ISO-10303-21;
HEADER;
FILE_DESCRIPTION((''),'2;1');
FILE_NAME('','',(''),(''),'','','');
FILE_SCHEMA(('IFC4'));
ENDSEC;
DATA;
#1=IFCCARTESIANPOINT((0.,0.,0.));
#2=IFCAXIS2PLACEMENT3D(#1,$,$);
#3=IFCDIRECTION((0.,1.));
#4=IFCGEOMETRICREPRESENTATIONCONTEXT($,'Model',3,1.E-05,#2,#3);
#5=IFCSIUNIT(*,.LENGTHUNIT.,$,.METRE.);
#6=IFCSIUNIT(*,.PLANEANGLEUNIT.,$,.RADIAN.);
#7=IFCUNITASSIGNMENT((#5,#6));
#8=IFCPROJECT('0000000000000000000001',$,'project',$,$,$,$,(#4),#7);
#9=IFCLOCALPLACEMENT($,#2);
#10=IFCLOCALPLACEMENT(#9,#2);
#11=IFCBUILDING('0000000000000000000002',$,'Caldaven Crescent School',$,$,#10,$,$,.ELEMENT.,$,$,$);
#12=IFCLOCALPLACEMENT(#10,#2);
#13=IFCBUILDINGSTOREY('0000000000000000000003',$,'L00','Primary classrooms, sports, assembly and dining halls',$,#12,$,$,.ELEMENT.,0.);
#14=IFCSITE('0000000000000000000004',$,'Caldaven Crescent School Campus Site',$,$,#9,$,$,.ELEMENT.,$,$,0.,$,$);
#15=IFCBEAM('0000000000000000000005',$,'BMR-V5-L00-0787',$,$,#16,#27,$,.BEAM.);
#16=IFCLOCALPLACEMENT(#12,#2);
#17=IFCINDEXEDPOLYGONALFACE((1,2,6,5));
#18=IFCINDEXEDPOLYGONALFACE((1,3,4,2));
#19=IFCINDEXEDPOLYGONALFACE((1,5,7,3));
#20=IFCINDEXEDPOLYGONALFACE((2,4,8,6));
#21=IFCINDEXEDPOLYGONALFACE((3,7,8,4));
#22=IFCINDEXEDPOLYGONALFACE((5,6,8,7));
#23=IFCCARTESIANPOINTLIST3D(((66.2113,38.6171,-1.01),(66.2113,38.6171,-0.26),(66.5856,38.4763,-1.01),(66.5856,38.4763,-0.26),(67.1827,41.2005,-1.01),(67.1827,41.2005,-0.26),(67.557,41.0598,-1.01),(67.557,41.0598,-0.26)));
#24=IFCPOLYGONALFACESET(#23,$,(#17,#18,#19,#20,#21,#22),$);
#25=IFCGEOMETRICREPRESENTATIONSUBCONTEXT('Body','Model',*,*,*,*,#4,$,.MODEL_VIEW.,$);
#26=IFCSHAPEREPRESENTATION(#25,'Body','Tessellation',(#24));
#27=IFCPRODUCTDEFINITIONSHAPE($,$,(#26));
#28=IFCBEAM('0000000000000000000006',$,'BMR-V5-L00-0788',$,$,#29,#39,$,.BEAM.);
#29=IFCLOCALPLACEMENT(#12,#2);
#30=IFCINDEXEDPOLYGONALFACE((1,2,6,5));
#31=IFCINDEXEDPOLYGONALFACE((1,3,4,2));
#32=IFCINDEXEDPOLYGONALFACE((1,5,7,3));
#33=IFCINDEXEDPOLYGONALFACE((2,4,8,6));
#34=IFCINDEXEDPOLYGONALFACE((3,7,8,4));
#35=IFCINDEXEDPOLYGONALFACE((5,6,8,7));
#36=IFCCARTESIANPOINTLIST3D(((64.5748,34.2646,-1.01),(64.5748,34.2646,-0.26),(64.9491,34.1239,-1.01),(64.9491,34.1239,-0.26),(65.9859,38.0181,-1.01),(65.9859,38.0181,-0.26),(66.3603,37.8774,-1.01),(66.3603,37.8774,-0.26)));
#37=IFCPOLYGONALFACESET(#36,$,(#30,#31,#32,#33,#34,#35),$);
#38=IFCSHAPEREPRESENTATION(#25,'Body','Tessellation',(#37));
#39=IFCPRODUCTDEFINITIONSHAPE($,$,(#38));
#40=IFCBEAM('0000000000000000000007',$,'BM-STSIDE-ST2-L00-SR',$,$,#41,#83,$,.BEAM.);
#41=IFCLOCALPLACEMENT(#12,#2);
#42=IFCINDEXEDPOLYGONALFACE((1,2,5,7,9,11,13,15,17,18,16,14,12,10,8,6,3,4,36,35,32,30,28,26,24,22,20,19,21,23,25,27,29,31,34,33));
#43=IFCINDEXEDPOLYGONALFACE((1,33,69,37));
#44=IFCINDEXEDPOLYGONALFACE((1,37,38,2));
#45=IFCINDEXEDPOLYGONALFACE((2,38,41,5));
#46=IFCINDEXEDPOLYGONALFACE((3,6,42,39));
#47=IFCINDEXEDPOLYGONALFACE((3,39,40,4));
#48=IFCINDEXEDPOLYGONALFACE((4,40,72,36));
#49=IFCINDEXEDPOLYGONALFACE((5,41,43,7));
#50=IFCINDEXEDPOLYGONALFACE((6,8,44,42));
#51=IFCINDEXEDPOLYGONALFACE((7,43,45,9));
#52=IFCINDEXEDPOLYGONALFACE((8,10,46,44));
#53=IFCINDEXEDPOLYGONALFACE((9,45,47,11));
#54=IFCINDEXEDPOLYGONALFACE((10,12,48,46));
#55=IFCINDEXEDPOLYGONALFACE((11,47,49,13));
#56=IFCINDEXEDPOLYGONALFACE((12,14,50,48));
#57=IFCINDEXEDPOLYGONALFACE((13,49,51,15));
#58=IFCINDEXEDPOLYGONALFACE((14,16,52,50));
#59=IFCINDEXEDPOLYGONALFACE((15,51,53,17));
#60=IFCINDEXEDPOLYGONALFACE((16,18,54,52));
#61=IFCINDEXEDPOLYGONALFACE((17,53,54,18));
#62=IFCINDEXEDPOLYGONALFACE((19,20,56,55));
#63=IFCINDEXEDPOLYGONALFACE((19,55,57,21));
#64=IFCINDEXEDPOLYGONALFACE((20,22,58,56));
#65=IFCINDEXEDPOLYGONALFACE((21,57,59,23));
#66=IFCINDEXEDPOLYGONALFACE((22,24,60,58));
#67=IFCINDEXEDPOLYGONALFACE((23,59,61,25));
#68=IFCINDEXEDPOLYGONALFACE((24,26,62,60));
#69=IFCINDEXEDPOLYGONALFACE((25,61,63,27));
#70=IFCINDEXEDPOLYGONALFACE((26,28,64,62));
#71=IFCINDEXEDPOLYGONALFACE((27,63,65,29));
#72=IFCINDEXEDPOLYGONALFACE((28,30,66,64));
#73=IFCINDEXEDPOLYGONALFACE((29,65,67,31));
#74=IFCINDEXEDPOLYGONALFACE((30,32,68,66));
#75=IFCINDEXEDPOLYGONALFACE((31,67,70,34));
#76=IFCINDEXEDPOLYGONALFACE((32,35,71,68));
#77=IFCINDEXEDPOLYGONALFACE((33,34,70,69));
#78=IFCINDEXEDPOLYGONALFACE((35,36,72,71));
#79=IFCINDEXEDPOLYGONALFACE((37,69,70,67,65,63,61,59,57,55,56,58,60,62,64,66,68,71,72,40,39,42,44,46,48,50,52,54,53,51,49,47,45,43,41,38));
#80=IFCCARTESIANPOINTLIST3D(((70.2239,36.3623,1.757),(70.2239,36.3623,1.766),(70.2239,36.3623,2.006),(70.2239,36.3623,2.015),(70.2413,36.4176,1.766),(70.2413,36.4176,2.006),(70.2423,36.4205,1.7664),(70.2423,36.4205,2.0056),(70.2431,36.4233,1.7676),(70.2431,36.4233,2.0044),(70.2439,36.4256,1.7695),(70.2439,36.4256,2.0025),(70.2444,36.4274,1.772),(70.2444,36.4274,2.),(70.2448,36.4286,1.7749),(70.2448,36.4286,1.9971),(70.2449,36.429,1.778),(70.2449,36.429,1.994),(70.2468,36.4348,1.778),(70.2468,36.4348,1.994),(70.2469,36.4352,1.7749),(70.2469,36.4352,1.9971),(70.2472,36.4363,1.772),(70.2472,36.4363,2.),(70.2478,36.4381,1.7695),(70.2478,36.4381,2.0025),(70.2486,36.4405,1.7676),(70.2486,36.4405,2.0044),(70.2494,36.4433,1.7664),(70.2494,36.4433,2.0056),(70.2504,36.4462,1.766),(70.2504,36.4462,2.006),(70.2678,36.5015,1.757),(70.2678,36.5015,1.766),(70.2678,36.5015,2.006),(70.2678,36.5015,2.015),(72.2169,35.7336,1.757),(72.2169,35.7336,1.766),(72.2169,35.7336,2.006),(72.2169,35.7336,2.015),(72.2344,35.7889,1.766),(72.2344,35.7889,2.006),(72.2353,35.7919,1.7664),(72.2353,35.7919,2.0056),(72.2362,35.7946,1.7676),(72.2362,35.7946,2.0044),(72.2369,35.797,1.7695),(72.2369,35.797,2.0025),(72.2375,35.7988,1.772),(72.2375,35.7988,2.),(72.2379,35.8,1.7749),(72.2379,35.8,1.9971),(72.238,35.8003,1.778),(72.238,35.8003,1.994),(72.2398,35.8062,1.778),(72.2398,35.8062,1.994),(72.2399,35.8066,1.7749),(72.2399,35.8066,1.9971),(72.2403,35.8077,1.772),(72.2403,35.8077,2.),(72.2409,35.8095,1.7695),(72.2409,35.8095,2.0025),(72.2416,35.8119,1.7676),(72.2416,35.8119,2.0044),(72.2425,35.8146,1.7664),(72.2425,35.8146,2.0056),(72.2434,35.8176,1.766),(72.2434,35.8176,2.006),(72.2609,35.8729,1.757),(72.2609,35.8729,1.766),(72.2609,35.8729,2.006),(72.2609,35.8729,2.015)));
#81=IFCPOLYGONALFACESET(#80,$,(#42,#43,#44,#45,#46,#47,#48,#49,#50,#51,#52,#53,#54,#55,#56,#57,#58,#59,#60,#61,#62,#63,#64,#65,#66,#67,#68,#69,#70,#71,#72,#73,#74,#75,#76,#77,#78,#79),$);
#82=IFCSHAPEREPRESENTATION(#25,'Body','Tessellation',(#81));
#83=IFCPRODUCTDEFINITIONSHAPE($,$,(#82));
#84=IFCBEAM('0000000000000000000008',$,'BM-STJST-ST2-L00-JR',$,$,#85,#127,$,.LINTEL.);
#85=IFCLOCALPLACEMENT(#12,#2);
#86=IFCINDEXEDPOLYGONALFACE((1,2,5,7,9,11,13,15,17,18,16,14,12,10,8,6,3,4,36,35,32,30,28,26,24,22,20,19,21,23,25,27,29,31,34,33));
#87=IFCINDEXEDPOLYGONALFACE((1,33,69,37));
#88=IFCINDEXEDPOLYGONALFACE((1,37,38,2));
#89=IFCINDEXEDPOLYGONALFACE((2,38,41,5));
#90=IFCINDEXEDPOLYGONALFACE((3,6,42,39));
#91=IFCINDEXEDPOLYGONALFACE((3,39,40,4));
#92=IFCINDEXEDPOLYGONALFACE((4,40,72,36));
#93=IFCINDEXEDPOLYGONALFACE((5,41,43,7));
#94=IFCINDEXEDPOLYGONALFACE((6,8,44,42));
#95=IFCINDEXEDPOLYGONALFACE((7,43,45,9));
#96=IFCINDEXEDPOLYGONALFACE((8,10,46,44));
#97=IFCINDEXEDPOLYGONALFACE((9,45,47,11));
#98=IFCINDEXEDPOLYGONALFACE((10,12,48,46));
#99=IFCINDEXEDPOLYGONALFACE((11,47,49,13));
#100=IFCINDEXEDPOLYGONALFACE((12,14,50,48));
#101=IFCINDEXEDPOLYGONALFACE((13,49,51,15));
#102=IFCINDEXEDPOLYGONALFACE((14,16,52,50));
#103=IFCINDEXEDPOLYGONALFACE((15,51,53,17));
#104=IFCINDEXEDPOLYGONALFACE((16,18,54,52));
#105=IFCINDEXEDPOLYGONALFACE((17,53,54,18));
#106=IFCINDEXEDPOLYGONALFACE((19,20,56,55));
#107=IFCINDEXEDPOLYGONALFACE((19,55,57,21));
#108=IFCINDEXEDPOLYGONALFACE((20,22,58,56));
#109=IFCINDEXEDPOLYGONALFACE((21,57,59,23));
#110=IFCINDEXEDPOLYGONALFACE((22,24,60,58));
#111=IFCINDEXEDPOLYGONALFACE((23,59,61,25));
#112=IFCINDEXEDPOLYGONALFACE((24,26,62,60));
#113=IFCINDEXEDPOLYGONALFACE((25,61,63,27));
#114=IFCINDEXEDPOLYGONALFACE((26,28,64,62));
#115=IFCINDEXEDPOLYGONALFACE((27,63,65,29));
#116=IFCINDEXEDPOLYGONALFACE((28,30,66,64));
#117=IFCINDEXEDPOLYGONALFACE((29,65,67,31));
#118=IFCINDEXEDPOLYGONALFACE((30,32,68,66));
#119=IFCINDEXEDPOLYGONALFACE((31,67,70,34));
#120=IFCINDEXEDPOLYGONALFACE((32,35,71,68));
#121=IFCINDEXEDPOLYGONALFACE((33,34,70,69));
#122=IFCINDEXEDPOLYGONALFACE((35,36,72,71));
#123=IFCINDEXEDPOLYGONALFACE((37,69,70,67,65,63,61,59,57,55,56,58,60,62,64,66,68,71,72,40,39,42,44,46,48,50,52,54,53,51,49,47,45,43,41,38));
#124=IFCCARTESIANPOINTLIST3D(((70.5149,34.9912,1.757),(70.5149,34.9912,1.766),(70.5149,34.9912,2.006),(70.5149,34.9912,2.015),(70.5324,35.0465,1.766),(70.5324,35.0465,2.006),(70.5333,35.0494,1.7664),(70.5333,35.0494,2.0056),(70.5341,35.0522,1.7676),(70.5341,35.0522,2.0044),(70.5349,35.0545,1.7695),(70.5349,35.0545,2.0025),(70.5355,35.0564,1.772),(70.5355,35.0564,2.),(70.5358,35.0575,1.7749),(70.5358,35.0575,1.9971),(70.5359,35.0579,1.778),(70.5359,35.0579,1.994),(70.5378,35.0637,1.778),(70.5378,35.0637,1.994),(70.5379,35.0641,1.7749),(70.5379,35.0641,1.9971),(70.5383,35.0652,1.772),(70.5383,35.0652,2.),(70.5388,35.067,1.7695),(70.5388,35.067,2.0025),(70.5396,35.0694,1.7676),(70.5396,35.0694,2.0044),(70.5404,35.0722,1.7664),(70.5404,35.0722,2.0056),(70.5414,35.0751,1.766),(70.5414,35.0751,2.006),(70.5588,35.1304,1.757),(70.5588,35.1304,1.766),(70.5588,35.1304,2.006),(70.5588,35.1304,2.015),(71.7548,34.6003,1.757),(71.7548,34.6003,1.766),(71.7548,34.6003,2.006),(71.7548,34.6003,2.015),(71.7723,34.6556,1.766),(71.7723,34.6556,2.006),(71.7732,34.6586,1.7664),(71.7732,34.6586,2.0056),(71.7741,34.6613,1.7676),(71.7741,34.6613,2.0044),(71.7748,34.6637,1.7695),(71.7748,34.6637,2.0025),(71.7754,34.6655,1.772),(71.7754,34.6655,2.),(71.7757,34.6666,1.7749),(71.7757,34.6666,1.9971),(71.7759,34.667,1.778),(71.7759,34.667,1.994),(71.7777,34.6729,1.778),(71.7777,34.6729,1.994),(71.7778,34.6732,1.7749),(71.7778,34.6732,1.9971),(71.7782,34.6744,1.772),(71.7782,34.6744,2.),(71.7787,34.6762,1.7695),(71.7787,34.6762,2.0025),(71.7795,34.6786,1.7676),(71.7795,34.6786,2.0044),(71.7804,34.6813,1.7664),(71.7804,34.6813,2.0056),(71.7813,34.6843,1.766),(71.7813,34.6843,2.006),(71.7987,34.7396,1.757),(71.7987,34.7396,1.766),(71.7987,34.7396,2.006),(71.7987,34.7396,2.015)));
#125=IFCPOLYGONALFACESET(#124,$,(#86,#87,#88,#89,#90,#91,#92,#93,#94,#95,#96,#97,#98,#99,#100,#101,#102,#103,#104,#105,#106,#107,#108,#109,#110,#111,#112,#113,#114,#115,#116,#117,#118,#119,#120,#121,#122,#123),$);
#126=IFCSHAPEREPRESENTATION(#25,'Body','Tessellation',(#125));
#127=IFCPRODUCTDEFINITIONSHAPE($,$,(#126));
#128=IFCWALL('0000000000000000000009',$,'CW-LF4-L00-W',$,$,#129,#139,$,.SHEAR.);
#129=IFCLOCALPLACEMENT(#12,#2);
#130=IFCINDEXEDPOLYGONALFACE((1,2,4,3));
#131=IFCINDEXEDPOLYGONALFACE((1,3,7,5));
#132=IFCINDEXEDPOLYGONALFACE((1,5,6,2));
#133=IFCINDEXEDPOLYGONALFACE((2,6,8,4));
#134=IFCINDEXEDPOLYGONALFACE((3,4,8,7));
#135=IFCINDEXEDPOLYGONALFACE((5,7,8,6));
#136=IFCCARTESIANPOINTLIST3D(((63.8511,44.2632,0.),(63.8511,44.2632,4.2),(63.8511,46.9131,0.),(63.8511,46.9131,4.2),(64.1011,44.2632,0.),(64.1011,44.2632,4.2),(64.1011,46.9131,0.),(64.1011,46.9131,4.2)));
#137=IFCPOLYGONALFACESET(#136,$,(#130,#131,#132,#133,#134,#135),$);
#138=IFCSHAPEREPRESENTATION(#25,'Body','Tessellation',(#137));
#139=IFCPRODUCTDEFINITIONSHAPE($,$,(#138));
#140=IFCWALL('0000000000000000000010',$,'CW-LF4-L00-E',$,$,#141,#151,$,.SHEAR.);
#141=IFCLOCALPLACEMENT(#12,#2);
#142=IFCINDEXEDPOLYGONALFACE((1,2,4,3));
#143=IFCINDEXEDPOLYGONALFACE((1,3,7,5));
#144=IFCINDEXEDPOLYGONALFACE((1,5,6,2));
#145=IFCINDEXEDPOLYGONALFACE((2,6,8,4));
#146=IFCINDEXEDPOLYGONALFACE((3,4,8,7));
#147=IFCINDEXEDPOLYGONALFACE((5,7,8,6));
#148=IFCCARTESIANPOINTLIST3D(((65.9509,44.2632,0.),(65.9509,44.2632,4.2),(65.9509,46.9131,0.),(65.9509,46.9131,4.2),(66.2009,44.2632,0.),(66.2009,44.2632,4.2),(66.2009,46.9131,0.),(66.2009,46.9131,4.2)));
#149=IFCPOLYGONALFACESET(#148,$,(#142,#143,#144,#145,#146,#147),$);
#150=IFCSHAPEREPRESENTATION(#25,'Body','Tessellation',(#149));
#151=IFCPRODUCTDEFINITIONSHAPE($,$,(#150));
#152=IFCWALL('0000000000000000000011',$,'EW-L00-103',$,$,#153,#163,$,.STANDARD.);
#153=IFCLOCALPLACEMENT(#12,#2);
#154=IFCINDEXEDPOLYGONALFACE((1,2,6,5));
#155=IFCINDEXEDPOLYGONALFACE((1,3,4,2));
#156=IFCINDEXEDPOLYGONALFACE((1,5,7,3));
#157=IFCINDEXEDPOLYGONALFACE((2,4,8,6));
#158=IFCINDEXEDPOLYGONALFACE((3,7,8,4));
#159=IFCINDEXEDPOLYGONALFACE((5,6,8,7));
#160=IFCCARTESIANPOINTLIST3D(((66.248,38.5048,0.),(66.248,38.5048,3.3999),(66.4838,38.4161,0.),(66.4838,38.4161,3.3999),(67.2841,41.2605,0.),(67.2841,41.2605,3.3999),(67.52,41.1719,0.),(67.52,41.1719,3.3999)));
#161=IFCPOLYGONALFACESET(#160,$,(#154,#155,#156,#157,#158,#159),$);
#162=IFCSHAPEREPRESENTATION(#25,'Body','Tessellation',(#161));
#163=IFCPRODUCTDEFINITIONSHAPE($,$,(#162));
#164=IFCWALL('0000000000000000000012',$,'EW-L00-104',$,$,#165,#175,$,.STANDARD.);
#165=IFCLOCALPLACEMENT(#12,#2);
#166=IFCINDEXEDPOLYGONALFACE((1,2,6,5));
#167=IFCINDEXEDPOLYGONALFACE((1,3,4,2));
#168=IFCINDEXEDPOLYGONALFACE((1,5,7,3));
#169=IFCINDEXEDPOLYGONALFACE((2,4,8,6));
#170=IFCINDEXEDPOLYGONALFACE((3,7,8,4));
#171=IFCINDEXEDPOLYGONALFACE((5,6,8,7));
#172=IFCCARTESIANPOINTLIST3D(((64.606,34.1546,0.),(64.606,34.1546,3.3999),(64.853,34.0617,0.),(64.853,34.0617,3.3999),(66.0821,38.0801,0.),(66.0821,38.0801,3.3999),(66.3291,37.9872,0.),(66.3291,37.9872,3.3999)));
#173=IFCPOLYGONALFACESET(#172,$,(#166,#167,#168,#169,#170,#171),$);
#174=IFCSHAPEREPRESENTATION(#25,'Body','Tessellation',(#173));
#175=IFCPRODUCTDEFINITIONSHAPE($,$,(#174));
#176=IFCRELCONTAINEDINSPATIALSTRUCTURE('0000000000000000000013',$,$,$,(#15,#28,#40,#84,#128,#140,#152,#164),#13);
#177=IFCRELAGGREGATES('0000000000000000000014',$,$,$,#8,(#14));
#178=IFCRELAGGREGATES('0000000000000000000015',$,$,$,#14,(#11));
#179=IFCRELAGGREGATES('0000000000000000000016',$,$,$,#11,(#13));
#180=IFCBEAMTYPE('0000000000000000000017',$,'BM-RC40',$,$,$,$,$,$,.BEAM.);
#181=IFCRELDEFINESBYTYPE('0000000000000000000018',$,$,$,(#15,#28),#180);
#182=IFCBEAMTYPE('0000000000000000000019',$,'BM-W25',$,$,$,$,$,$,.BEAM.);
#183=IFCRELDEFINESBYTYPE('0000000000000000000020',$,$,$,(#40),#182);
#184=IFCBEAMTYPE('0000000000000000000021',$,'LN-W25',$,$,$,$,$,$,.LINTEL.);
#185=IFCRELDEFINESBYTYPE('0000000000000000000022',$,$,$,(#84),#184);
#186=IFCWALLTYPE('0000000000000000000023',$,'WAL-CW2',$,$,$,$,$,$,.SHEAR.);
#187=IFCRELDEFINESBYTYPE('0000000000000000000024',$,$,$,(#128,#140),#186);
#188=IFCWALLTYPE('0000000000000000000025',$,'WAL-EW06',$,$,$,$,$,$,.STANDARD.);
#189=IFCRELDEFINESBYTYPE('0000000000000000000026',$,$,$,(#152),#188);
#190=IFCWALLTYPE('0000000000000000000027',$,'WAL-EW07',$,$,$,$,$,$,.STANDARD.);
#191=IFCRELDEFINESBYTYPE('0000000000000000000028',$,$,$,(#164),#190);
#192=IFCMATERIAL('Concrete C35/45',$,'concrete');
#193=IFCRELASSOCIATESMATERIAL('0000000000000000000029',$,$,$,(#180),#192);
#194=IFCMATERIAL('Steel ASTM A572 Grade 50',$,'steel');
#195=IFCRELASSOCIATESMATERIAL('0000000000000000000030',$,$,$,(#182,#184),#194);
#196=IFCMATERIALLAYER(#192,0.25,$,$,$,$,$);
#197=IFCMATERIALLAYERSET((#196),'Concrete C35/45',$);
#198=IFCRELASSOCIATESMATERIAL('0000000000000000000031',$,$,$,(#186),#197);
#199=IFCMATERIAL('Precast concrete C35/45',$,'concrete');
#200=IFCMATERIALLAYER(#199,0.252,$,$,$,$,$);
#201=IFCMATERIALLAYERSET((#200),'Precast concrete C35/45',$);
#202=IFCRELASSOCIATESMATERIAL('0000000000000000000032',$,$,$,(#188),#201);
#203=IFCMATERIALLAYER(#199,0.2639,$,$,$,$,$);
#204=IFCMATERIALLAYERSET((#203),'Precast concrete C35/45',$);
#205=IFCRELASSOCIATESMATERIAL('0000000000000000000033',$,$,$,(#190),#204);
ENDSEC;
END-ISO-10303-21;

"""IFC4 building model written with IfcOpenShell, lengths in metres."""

from ifc_helpers import new_model, si_unit, direction, frame, frame_2d, origin, origin_2d, place, context, subcontext, project, spatial, rectangle, i_section, extrude, material, layer, layer_set, material_profile, profile_set, type_object, element, save


model = new_model("IFC4")

# Units and contexts
model_context = context("Model", 3, precision=1e-05, world=origin(), true_north=direction((0.0, 1.0)))
body_context = subcontext(model_context, "Body", "Model", "MODEL_VIEW")
ifc_project = project(units=[si_unit("LENGTHUNIT", "METRE"), si_unit("PLANEANGLEUNIT", "RADIAN")], contexts=[model_context])

# Site, building, storey
site_placement = place(None, origin())
site = spatial("IfcSite", under=ifc_project, at=site_placement, Name="Caldaven Crescent School Campus Site", CompositionType="ELEMENT", RefElevation=0.0)
building_placement = place(site_placement, origin())
building = spatial("IfcBuilding", under=site, at=building_placement, Name="Caldaven Crescent School", CompositionType="ELEMENT")
storey_placement = place(building_placement, origin())
storey = spatial("IfcBuildingStorey", under=building, at=storey_placement, Name="L00", Description="Primary classrooms, sports, assembly and dining halls", CompositionType="ELEMENT", Elevation=0.0)

# Shared definitions
ifc_material_1 = material(Name="Steel ASTM A572 Grade 50", Category="steel")

# Beams
ifc_material_2 = material(Name="Concrete C35/45", Category="concrete")
ifc_material_profile_1 = material_profile(ifc_material_2, rectangle(XDim=0.3999, YDim=0.75, at=origin_2d()), Name="RC 400x750")
ifc_profile_set_1 = profile_set([ifc_material_profile_1], Name="Concrete C35/45")
beam_type_1 = type_object("IfcBeamType", Name="BM-RC40", PredefinedType="BEAM", material=ifc_profile_set_1)
beam_1_placement = place(storey_placement, frame((67.3699, 41.1301, -0.635), z_axis=(-0.351957, -0.936016, 0.0), x_axis=(0.936016, -0.351957, 0.0)))
element("IfcBeam", 1, at=beam_1_placement, inside=storey, type_object=beam_type_1, Name="BMR-V5-L00-0787", PredefinedType="BEAM", context=body_context, shape_type="SweptSolid", body=[
    extrude(rectangle(XDim=0.3999, YDim=0.75, at=origin_2d()), origin(), (0.0, 0.0, 1.0), 2.76),
])
beam_2_placement = place(storey_placement, frame((66.1731, 37.9478, -0.635), z_axis=(-0.351911, -0.936034, 0.0), x_axis=(0.936034, -0.351911, 0.0)))
element("IfcBeam", 2, at=beam_2_placement, inside=storey, type_object=beam_type_1, Name="BMR-V5-L00-0788", PredefinedType="BEAM", context=body_context, shape_type="SweptSolid", body=[
    extrude(rectangle(XDim=0.3999, YDim=0.75, at=origin_2d()), origin(), (0.0, 0.0, 1.0), 4.01),
])
ifc_material_profile_2 = material_profile(ifc_material_1, i_section(OverallWidth=0.146, OverallDepth=0.2581, WebThickness=0.0061, FlangeThickness=0.009, FilletRadius=0.012, at=origin_2d()), Name="W250x33")
ifc_profile_set_2 = profile_set([ifc_material_profile_2], Name="Steel ASTM A572 Grade 50")
beam_type_2 = type_object("IfcBeamType", Name="BM-W25", PredefinedType="BEAM", material=ifc_profile_set_2)
beam_3_placement = place(storey_placement, frame((70.2458, 36.4319, 1.886), z_axis=(0.953687, -0.300801, 0.0), x_axis=(0.300801, 0.953687, 0.0)))
element("IfcBeam", 3, at=beam_3_placement, inside=storey, type_object=beam_type_2, Name="BM-STSIDE-ST2-L00-SR", PredefinedType="BEAM", context=body_context, shape_type="SweptSolid", body=[
    extrude(i_section(OverallWidth=0.146, OverallDepth=0.2581, WebThickness=0.0061, FlangeThickness=0.009, FilletRadius=0.012, at=origin_2d()), origin(), (0.0, 0.0, 1.0), 2.0898),
])
ifc_material_profile_3 = material_profile(ifc_material_1, i_section(OverallWidth=0.146, OverallDepth=0.2581, WebThickness=0.0061, FlangeThickness=0.009, FilletRadius=0.012, at=origin_2d()), Name="W250x33")
ifc_profile_set_3 = profile_set([ifc_material_profile_3], Name="Steel ASTM A572 Grade 50")
beam_type_3 = type_object("IfcBeamType", Name="LN-W25", PredefinedType="LINTEL", material=ifc_profile_set_3)
beam_4_placement = place(storey_placement, frame((70.5369, 35.0608, 1.886), z_axis=(0.953739, -0.300637, 0.0), x_axis=(0.300637, 0.953739, 0.0)))
element("IfcBeam", 4, at=beam_4_placement, inside=storey, type_object=beam_type_3, Name="BM-STJST-ST2-L00-JR", PredefinedType="LINTEL", context=body_context, shape_type="SweptSolid", body=[
    extrude(i_section(OverallWidth=0.146, OverallDepth=0.2581, WebThickness=0.0061, FlangeThickness=0.009, FilletRadius=0.012, at=origin_2d()), origin(), (0.0, 0.0, 1.0), 1.3),
])

# Walls
ifc_layer_1 = layer(ifc_material_2, 0.25)
ifc_layer_set_1 = layer_set([ifc_layer_1], Name="Concrete C35/45")
wall_type_1 = type_object("IfcWallType", Name="WAL-CW2", PredefinedType="SHEAR", material=ifc_layer_set_1)
for number, where, z_axis, x_axis, name in (
    (5, (63.9761, 44.2632, 0.0), (0.0, 0.0, 1.0), (0.0, 1.0, 0.0), "CW-LF4-L00-W"),
    (6, (66.0759, 44.2632, 0.0), (0.0, 0.0, 1.0), (0.0, 1.0, 0.0), "CW-LF4-L00-E"),
):
    element("IfcWall", number, at=place(storey_placement, frame(where, z_axis=z_axis, x_axis=x_axis)), inside=storey, type_object=wall_type_1, Name=name, PredefinedType="SHEAR", context=body_context, shape_type="SweptSolid", body=[
        extrude(rectangle(XDim=2.6499, YDim=0.25, at=frame_2d((1.325, 0.0))), origin(), (0.0, 0.0, 1.0), 4.2),
    ])
ifc_material_3 = material(Name="Precast concrete C35/45", Category="concrete")
ifc_layer_2 = layer(ifc_material_3, 0.252)
ifc_layer_set_2 = layer_set([ifc_layer_2], Name="Precast concrete C35/45")
wall_type_2 = type_object("IfcWallType", Name="WAL-EW06", PredefinedType="STANDARD", material=ifc_layer_set_2)
wall_1_placement = place(storey_placement, frame((67.4021, 41.2163, 0.0), z_axis=(0.0, 0.0, 1.0), x_axis=(-0.35195, -0.936019, 0.0)))
element("IfcWall", 7, at=wall_1_placement, inside=storey, type_object=wall_type_2, Name="EW-L00-103", PredefinedType="STANDARD", context=body_context, shape_type="SweptSolid", body=[
    extrude(rectangle(XDim=2.9441, YDim=0.252, at=frame_2d((1.4722, 0.0))), origin(), (0.0, 0.0, 1.0), 3.3999),
])
ifc_layer_3 = layer(ifc_material_3, 0.2639)
ifc_layer_set_3 = layer_set([ifc_layer_3], Name="Precast concrete C35/45")
wall_type_3 = type_object("IfcWallType", Name="WAL-EW07", PredefinedType="STANDARD", material=ifc_layer_set_3)
wall_2_placement = place(storey_placement, frame((66.2056, 38.0337, 0.0), z_axis=(0.0, 0.0, 1.0), x_axis=(-0.351959, -0.936015, 0.0)))
element("IfcWall", 8, at=wall_2_placement, inside=storey, type_object=wall_type_3, Name="EW-L00-104", PredefinedType="STANDARD", context=body_context, shape_type="SweptSolid", body=[
    extrude(rectangle(XDim=4.1938, YDim=0.2639, at=frame_2d((2.0969, 0.0))), origin(), (0.0, 0.0, 1.0), 3.3999),
])

save(model, "model.ifc")
